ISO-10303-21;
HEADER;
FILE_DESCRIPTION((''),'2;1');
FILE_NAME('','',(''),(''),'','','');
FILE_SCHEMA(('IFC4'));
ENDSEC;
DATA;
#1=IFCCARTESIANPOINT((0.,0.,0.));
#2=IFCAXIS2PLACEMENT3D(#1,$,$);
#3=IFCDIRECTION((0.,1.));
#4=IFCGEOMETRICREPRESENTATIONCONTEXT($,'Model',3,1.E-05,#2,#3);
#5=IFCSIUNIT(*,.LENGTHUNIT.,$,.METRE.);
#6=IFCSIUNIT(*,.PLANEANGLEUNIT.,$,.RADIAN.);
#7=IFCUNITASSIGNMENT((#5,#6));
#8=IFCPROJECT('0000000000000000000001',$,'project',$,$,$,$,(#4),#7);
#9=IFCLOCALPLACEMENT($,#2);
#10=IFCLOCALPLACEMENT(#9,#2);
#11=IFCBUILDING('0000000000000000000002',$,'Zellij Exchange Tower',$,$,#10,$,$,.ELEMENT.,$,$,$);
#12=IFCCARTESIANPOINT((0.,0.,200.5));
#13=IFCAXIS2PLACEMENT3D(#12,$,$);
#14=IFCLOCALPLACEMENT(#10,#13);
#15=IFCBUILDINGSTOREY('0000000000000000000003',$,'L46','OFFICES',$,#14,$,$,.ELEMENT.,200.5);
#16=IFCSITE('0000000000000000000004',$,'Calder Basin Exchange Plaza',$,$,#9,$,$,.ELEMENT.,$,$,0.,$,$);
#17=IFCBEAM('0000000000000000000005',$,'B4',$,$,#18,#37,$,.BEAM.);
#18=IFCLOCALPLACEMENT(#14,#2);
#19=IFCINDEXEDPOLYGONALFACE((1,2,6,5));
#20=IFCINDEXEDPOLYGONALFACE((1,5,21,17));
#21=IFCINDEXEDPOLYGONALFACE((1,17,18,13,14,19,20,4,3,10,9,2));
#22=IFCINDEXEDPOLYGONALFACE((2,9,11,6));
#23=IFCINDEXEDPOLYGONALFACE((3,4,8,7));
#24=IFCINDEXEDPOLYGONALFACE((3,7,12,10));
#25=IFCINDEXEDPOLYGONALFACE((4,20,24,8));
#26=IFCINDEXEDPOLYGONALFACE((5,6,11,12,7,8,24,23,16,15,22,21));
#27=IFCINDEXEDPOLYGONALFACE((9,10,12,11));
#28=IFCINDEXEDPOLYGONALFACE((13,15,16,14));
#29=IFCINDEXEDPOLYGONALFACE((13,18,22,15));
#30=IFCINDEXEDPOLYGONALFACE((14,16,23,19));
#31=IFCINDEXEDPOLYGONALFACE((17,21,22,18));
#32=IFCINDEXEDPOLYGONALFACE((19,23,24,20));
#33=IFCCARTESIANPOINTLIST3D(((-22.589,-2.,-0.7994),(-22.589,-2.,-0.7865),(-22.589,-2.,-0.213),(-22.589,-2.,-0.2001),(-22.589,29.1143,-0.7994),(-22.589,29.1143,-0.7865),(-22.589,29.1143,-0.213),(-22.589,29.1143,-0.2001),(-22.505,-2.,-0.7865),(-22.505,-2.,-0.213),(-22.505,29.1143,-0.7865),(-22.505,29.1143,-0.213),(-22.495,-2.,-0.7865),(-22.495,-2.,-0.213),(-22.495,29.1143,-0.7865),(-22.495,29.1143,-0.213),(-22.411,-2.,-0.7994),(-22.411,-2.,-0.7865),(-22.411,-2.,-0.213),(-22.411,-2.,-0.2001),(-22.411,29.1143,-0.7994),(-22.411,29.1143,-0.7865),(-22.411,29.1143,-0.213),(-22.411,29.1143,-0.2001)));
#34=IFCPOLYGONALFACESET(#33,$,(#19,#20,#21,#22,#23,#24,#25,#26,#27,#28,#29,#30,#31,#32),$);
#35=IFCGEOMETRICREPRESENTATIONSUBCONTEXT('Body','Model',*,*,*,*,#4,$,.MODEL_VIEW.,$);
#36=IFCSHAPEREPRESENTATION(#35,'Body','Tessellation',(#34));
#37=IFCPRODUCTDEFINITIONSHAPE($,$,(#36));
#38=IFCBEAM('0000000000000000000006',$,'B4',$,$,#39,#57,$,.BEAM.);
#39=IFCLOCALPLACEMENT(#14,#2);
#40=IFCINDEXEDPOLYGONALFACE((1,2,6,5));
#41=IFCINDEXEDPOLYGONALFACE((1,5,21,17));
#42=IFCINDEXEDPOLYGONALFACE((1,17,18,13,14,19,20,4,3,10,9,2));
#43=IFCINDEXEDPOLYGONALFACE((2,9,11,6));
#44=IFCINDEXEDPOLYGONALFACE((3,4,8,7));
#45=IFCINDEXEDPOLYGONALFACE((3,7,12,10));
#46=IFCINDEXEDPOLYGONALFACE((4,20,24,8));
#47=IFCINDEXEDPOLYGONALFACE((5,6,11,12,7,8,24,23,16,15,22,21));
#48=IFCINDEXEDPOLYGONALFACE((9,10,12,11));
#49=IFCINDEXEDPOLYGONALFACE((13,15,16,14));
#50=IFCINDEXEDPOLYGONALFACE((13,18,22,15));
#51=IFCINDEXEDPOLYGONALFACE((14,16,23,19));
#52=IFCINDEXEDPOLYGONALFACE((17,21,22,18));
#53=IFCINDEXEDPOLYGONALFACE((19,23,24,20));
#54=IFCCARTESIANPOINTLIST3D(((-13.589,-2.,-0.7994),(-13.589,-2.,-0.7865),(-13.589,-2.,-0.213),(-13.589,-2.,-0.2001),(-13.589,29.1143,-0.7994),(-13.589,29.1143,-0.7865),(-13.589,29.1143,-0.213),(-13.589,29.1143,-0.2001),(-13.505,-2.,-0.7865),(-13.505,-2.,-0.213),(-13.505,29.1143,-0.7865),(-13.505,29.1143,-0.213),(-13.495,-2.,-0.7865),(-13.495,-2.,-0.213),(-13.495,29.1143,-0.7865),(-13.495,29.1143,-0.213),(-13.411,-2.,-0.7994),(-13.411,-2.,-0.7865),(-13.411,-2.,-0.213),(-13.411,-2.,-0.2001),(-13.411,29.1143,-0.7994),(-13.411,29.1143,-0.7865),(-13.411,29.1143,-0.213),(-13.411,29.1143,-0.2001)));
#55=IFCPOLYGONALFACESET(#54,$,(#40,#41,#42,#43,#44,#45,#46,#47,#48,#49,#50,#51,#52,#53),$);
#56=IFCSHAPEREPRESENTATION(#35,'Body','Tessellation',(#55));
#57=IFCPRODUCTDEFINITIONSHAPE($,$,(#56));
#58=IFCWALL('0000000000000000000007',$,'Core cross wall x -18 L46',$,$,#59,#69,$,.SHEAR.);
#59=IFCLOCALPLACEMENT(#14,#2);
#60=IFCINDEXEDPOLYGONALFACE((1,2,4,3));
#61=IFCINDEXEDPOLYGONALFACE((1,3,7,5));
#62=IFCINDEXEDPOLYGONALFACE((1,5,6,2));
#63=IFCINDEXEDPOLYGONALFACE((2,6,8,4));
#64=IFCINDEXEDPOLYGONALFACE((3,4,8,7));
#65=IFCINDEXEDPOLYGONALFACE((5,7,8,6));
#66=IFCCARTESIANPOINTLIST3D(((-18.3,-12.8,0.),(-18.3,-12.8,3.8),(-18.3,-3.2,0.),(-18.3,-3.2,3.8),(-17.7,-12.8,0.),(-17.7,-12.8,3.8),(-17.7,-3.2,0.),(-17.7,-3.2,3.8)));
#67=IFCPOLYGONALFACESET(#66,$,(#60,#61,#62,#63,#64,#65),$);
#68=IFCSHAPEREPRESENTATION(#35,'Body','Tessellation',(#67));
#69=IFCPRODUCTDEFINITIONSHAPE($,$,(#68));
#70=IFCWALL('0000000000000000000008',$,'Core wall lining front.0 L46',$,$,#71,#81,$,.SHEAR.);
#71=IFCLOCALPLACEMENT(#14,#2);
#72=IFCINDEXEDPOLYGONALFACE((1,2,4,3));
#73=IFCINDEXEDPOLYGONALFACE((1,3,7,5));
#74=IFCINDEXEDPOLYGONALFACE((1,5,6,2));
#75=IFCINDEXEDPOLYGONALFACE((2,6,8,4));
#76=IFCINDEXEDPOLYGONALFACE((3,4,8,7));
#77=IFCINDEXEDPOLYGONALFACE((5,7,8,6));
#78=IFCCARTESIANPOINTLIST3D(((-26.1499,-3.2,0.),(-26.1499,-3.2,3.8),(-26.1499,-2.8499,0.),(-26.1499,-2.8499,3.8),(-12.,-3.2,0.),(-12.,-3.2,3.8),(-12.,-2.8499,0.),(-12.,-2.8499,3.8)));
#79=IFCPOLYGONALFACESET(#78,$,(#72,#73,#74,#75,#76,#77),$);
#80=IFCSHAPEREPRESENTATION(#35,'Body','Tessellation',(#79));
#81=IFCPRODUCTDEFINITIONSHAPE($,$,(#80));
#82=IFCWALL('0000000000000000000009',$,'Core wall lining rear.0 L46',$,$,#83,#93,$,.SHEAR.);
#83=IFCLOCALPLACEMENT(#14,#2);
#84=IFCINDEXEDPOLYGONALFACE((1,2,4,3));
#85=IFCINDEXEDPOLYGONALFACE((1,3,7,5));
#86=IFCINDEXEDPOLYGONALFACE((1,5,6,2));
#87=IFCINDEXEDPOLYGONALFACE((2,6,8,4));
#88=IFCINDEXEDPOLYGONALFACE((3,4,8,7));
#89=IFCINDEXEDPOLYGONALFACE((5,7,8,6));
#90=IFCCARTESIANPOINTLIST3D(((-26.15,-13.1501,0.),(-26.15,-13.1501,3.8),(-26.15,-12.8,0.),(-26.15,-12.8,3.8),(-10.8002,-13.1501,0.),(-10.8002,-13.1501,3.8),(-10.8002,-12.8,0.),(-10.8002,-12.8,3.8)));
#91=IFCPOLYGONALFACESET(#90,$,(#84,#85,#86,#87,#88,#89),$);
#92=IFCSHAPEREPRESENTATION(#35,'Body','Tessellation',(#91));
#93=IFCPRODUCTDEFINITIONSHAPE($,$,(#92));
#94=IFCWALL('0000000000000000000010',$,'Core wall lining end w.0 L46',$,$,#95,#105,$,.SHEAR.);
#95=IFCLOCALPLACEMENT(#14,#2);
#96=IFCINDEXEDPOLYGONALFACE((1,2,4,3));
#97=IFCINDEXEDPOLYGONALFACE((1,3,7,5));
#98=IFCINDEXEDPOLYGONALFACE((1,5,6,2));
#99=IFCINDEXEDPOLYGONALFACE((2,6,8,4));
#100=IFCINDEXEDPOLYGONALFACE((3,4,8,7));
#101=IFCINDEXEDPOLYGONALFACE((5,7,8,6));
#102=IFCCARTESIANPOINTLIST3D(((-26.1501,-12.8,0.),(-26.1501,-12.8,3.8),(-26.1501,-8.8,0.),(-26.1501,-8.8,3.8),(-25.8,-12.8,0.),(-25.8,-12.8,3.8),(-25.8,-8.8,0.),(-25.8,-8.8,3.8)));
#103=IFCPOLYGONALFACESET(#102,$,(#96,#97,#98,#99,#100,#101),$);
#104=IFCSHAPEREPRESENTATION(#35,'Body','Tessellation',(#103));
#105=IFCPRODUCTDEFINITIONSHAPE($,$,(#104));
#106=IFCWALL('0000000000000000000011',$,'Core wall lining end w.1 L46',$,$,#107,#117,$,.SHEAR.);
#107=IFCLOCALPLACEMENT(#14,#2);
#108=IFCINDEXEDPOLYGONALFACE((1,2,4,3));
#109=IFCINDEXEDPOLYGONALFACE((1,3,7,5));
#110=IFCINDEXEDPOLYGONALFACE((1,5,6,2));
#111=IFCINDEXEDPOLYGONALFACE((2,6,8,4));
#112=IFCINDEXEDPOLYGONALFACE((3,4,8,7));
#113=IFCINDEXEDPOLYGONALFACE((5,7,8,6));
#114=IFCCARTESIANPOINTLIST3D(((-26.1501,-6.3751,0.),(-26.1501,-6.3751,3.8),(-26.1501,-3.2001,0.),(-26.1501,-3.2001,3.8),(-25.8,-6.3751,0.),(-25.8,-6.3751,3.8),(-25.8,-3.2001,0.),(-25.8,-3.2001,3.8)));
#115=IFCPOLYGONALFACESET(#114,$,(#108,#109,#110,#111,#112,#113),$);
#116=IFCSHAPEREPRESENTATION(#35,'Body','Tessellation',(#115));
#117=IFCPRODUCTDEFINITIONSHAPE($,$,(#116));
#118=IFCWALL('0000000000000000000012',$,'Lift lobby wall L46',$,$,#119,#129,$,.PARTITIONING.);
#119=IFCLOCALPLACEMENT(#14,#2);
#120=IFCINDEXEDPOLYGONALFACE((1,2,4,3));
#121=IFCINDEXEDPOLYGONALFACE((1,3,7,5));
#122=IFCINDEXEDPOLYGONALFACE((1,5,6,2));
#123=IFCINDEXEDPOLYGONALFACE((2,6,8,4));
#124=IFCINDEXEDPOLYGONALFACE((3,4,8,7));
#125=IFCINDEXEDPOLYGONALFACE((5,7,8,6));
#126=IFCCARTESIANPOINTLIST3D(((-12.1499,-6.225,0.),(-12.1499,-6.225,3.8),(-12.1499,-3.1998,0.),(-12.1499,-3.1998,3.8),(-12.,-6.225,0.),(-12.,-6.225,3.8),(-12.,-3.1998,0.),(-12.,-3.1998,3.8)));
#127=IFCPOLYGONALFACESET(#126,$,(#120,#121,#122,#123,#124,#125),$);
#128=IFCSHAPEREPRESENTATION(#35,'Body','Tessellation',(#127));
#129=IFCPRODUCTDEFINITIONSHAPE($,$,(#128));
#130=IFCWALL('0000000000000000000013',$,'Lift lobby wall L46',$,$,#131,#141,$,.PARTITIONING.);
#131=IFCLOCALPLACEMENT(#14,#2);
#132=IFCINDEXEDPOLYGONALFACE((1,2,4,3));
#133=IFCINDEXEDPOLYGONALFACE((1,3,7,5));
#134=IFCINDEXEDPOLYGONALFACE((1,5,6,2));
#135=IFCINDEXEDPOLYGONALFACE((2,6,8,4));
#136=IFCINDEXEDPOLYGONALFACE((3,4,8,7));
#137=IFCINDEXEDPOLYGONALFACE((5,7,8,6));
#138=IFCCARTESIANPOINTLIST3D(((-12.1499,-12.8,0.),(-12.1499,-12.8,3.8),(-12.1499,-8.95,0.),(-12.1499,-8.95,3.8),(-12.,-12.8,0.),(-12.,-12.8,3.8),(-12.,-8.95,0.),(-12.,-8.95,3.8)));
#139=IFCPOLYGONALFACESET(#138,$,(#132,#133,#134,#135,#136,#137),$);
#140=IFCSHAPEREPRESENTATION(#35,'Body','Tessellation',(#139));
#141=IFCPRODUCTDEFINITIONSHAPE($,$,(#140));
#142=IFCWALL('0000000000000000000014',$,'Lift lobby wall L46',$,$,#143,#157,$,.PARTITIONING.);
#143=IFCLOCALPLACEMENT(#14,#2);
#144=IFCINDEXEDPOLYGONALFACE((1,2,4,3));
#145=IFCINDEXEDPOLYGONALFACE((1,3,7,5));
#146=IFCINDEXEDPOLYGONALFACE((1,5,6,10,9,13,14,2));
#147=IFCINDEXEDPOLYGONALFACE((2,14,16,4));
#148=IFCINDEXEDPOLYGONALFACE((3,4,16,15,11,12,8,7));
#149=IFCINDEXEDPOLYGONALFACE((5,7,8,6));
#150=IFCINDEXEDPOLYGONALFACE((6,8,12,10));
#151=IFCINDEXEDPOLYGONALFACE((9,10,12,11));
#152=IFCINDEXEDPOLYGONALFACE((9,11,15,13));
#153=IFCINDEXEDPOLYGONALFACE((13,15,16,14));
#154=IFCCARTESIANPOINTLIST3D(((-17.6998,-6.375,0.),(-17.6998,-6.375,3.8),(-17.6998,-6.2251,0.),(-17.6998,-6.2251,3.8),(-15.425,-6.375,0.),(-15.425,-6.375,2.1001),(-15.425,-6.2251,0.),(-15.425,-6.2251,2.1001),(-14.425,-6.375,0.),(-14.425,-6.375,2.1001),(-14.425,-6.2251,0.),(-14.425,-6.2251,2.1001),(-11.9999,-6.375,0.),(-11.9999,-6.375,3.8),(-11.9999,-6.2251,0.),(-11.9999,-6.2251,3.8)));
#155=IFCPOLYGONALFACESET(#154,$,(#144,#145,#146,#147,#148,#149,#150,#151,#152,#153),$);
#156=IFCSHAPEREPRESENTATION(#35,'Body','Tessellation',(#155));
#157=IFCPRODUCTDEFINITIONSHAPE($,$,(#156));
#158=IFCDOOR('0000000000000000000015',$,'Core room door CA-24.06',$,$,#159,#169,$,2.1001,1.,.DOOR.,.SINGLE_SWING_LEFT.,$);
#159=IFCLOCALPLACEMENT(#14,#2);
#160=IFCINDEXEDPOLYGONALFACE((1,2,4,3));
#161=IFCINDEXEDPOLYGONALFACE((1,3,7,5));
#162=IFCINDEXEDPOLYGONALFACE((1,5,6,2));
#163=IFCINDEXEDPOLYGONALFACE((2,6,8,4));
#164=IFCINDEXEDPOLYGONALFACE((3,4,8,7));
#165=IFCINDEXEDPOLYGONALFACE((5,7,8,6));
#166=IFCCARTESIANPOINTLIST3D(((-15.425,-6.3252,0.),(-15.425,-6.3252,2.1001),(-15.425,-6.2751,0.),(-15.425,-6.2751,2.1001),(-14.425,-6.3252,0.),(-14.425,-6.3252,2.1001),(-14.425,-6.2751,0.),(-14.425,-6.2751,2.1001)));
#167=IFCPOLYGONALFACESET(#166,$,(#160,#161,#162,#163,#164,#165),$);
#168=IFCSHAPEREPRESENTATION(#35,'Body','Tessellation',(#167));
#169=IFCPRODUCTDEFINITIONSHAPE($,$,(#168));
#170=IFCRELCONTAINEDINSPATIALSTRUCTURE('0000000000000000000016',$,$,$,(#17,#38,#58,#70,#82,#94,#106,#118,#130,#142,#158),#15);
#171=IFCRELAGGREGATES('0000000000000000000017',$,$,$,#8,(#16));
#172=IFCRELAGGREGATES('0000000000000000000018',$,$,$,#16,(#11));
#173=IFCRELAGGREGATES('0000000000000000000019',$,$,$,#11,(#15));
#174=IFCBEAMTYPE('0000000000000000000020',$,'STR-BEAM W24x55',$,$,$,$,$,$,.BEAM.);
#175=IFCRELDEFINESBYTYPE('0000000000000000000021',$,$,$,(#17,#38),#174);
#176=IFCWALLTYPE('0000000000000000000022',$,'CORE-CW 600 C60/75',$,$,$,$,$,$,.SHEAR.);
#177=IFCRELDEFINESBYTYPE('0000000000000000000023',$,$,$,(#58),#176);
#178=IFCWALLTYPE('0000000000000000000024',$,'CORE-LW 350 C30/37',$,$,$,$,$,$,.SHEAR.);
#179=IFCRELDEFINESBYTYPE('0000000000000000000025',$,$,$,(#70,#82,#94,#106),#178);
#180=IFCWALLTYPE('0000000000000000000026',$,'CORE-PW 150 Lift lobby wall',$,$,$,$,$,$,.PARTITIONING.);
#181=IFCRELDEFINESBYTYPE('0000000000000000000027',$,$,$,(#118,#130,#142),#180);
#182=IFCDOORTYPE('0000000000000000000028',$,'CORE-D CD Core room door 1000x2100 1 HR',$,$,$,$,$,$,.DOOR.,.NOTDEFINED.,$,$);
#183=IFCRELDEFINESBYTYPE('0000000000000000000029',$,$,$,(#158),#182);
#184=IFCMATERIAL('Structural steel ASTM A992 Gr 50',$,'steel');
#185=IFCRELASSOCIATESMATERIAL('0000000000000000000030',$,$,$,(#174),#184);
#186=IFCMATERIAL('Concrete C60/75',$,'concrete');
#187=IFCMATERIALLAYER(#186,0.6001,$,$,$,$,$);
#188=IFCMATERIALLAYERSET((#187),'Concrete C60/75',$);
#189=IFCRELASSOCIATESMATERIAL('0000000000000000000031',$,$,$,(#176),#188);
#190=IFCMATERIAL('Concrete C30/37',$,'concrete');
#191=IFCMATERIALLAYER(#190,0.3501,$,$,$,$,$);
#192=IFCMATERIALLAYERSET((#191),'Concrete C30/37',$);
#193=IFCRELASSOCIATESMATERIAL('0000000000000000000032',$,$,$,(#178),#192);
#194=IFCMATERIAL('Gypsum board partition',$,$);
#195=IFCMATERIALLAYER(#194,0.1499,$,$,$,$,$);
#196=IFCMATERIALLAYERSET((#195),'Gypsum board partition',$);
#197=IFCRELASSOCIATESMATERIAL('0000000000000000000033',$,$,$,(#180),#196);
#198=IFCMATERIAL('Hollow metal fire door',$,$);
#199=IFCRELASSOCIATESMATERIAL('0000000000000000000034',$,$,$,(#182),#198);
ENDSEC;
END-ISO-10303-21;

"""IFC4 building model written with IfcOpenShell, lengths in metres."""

from ifc_helpers import new_model, si_unit, direction, frame, frame_2d, origin, origin_2d, place, context, subcontext, project, spatial, rectangle, i_section, extrude, material, layer, layer_set, material_profile, profile_set, type_object, element, fill, save


model = new_model("IFC4")

# Units and contexts
model_context = context("Model", 3, precision=1e-05, world=origin(), true_north=direction((0.0, 1.0)))
body_context = subcontext(model_context, "Body", "Model", "MODEL_VIEW")
ifc_project = project(units=[si_unit("LENGTHUNIT", "METRE"), si_unit("PLANEANGLEUNIT", "RADIAN")], contexts=[model_context])

# Site, building, storey
site_placement = place(None, origin())
site = spatial("IfcSite", under=ifc_project, at=site_placement, Name="Calder Basin Exchange Plaza", CompositionType="ELEMENT", RefElevation=0.0)
building_placement = place(site_placement, origin())
building = spatial("IfcBuilding", under=site, at=building_placement, Name="Zellij Exchange Tower", CompositionType="ELEMENT")
storey_placement = place(building_placement, frame((0.0, 0.0, 200.5)))
storey = spatial("IfcBuildingStorey", under=building, at=storey_placement, Name="L46", Description="OFFICES", CompositionType="ELEMENT", Elevation=200.5)

# Beams
ifc_material_1 = material(Name="Structural steel ASTM A992 Gr 50", Category="steel")
ifc_material_profile = material_profile(ifc_material_1, i_section(OverallWidth=0.178, OverallDepth=0.5994, WebThickness=0.01, FlangeThickness=0.0129, at=origin_2d()), Name="W24x55")
ifc_profile_set = profile_set([ifc_material_profile], Name="Structural steel ASTM A992 Gr 50")
beam_type = type_object("IfcBeamType", Name="STR-BEAM W24x55", PredefinedType="BEAM", material=ifc_profile_set)
for number, where, z_axis, x_axis, name in (
    (1, (-22.5, -2.0, -0.4998), (0.0, 1.0, 0.0), (-1.0, 0.0, 0.0), "B4"),
    (2, (-13.5, -2.0, -0.4998), (0.0, 1.0, 0.0), (-1.0, 0.0, 0.0), "B4"),
):
    element("IfcBeam", number, at=place(storey_placement, frame(where, z_axis=z_axis, x_axis=x_axis)), inside=storey, type_object=beam_type, Name=name, PredefinedType="BEAM", context=body_context, shape_type="SweptSolid", body=[
        extrude(i_section(OverallWidth=0.178, OverallDepth=0.5994, WebThickness=0.01, FlangeThickness=0.0129, at=origin_2d()), origin(), (0.0, 0.0, 1.0), 31.1143),
    ])

# Walls
ifc_material_2 = material(Name="Concrete C60/75", Category="concrete")
ifc_layer_1 = layer(ifc_material_2, 0.6001)
ifc_layer_set_1 = layer_set([ifc_layer_1], Name="Concrete C60/75")
wall_type_1 = type_object("IfcWallType", Name="CORE-CW 600 C60/75", PredefinedType="SHEAR", material=ifc_layer_set_1)
wall_1_placement = place(storey_placement, frame((-18.0, -12.8, 0.0), z_axis=(0.0, 0.0, 1.0), x_axis=(0.0, 1.0, 0.0)))
element("IfcWall", 3, at=wall_1_placement, inside=storey, type_object=wall_type_1, Name="Core cross wall x -18 L46", PredefinedType="SHEAR", context=body_context, shape_type="SweptSolid", body=[
    extrude(rectangle(XDim=9.6001, YDim=0.6001, at=frame_2d((4.8, 0.0))), origin(), (0.0, 0.0, 1.0), 3.8),
])
ifc_material_3 = material(Name="Concrete C30/37", Category="concrete")
ifc_layer_2 = layer(ifc_material_3, 0.3501)
ifc_layer_set_2 = layer_set([ifc_layer_2], Name="Concrete C30/37")
wall_type_2 = type_object("IfcWallType", Name="CORE-LW 350 C30/37", PredefinedType="SHEAR", material=ifc_layer_set_2)
wall_2_placement = place(storey_placement, frame((-26.1499, -3.0249, 0.0), z_axis=(0.0, 0.0, 1.0), x_axis=(1.0, 0.0, 0.0)))
element("IfcWall", 4, at=wall_2_placement, inside=storey, type_object=wall_type_2, Name="Core wall lining front.0 L46", PredefinedType="SHEAR", context=body_context, shape_type="SweptSolid", body=[
    extrude(rectangle(XDim=14.1499, YDim=0.3501, at=frame_2d((7.075, 0.0))), origin(), (0.0, 0.0, 1.0), 3.8),
])
wall_3_placement = place(storey_placement, frame((-26.1499, -12.9751, 0.0), z_axis=(0.0, 0.0, 1.0), x_axis=(1.0, 0.0, 0.0)))
element("IfcWall", 5, at=wall_3_placement, inside=storey, type_object=wall_type_2, Name="Core wall lining rear.0 L46", PredefinedType="SHEAR", context=body_context, shape_type="SweptSolid", body=[
    extrude(rectangle(XDim=15.3499, YDim=0.3501, at=frame_2d((7.6748, 0.0))), origin(), (0.0, 0.0, 1.0), 3.8),
])
wall_4_placement = place(storey_placement, frame((-25.9751, -12.8, 0.0), z_axis=(0.0, 0.0, 1.0), x_axis=(0.0, 1.0, 0.0)))
element("IfcWall", 6, at=wall_4_placement, inside=storey, type_object=wall_type_2, Name="Core wall lining end w.0 L46", PredefinedType="SHEAR", context=body_context, shape_type="SweptSolid", body=[
    extrude(rectangle(XDim=4.0, YDim=0.3501, at=frame_2d((2.0, 0.0))), origin(), (0.0, 0.0, 1.0), 3.8),
])
wall_5_placement = place(storey_placement, frame((-25.9751, -6.375, 0.0), z_axis=(0.0, 0.0, 1.0), x_axis=(0.0, 1.0, 0.0)))
element("IfcWall", 7, at=wall_5_placement, inside=storey, type_object=wall_type_2, Name="Core wall lining end w.1 L46", PredefinedType="SHEAR", context=body_context, shape_type="SweptSolid", body=[
    extrude(rectangle(XDim=3.175, YDim=0.3501, at=frame_2d((1.5874, 0.0))), origin(), (0.0, 0.0, 1.0), 3.8),
])
ifc_material_4 = material(Name="Gypsum board partition")
ifc_layer_3 = layer(ifc_material_4, 0.1499)
ifc_layer_set_3 = layer_set([ifc_layer_3], Name="Gypsum board partition")
wall_type_3 = type_object("IfcWallType", Name="CORE-PW 150 Lift lobby wall", PredefinedType="PARTITIONING", material=ifc_layer_set_3)
wall_6_placement = place(storey_placement, frame((-12.075, -6.2251, 0.0), z_axis=(0.0, 0.0, 1.0), x_axis=(0.0, 1.0, 0.0)))
element("IfcWall", 8, at=wall_6_placement, inside=storey, type_object=wall_type_3, Name="Lift lobby wall L46", PredefinedType="PARTITIONING", context=body_context, shape_type="SweptSolid", body=[
    extrude(rectangle(XDim=3.0251, YDim=0.1499, at=frame_2d((1.5127, 0.0))), origin(), (0.0, 0.0, 1.0), 3.8),
])
wall_7_placement = place(storey_placement, frame((-12.075, -12.8, 0.0), z_axis=(0.0, 0.0, 1.0), x_axis=(0.0, 1.0, 0.0)))
element("IfcWall", 9, at=wall_7_placement, inside=storey, type_object=wall_type_3, Name="Lift lobby wall L46", PredefinedType="PARTITIONING", context=body_context, shape_type="SweptSolid", body=[
    extrude(rectangle(XDim=3.8501, YDim=0.1499, at=frame_2d((1.925, 0.0))), origin(), (0.0, 0.0, 1.0), 3.8),
])

# Wall, opening, door
wall_8_placement = place(storey_placement, frame((-17.7, -6.3, 0.0), z_axis=(0.0, 0.0, 1.0), x_axis=(1.0, 0.0, 0.0)))
wall_8 = element("IfcWall", 10, at=wall_8_placement, inside=storey, type_object=wall_type_3, Name="Lift lobby wall L46", PredefinedType="PARTITIONING", context=body_context, shape_type="SweptSolid", body=[
    extrude(rectangle(XDim=5.7, YDim=0.1499, at=frame_2d((2.8501, 0.0))), origin(), (0.0, 0.0, 1.0), 3.8),
])
opening_1_placement = place(wall_8_placement, frame((2.2749, 0.0, 0.0)))
opening_1 = element("IfcOpeningElement", 11, at=opening_1_placement, cuts=wall_8, PredefinedType="OPENING", context=body_context, shape_type="SweptSolid", body=[
    extrude(rectangle(XDim=1.0, YDim=2.1001, at=frame_2d((0.5, 1.05))), frame((0.0, 0.0869, 0.0), z_axis=(0.0, -1.0, 0.0), x_axis=(1.0, 0.0, 0.0)), (0.0, 0.0, 1.0), 0.1738),
])
ifc_material_5 = material(Name="Hollow metal fire door")
door_type_1 = type_object("IfcDoorType", Name="CORE-D CD Core room door 1000x2100 1 HR", OperationType="NOTDEFINED", PredefinedType="DOOR", material=ifc_material_5)
door_1_placement = place(opening_1_placement, origin())
door_1 = element("IfcDoor", 12, at=door_1_placement, inside=storey, type_object=door_type_1, Name="Core room door CA-24.06", OperationType="SINGLE_SWING_LEFT", OverallHeight=2.1001, OverallWidth=1.0, PredefinedType="DOOR", context=body_context, shape_type="SweptSolid", body=[
    extrude(rectangle(XDim=1.0, YDim=2.1001, at=frame_2d((0.5, 1.05))), frame((0.0, 0.0249, 0.0), z_axis=(0.0, -1.0, 0.0), x_axis=(1.0, 0.0, 0.0)), (0.0, 0.0, 1.0), 0.05),
])
fill(opening_1, door_1)

save(model, "model.ifc")
